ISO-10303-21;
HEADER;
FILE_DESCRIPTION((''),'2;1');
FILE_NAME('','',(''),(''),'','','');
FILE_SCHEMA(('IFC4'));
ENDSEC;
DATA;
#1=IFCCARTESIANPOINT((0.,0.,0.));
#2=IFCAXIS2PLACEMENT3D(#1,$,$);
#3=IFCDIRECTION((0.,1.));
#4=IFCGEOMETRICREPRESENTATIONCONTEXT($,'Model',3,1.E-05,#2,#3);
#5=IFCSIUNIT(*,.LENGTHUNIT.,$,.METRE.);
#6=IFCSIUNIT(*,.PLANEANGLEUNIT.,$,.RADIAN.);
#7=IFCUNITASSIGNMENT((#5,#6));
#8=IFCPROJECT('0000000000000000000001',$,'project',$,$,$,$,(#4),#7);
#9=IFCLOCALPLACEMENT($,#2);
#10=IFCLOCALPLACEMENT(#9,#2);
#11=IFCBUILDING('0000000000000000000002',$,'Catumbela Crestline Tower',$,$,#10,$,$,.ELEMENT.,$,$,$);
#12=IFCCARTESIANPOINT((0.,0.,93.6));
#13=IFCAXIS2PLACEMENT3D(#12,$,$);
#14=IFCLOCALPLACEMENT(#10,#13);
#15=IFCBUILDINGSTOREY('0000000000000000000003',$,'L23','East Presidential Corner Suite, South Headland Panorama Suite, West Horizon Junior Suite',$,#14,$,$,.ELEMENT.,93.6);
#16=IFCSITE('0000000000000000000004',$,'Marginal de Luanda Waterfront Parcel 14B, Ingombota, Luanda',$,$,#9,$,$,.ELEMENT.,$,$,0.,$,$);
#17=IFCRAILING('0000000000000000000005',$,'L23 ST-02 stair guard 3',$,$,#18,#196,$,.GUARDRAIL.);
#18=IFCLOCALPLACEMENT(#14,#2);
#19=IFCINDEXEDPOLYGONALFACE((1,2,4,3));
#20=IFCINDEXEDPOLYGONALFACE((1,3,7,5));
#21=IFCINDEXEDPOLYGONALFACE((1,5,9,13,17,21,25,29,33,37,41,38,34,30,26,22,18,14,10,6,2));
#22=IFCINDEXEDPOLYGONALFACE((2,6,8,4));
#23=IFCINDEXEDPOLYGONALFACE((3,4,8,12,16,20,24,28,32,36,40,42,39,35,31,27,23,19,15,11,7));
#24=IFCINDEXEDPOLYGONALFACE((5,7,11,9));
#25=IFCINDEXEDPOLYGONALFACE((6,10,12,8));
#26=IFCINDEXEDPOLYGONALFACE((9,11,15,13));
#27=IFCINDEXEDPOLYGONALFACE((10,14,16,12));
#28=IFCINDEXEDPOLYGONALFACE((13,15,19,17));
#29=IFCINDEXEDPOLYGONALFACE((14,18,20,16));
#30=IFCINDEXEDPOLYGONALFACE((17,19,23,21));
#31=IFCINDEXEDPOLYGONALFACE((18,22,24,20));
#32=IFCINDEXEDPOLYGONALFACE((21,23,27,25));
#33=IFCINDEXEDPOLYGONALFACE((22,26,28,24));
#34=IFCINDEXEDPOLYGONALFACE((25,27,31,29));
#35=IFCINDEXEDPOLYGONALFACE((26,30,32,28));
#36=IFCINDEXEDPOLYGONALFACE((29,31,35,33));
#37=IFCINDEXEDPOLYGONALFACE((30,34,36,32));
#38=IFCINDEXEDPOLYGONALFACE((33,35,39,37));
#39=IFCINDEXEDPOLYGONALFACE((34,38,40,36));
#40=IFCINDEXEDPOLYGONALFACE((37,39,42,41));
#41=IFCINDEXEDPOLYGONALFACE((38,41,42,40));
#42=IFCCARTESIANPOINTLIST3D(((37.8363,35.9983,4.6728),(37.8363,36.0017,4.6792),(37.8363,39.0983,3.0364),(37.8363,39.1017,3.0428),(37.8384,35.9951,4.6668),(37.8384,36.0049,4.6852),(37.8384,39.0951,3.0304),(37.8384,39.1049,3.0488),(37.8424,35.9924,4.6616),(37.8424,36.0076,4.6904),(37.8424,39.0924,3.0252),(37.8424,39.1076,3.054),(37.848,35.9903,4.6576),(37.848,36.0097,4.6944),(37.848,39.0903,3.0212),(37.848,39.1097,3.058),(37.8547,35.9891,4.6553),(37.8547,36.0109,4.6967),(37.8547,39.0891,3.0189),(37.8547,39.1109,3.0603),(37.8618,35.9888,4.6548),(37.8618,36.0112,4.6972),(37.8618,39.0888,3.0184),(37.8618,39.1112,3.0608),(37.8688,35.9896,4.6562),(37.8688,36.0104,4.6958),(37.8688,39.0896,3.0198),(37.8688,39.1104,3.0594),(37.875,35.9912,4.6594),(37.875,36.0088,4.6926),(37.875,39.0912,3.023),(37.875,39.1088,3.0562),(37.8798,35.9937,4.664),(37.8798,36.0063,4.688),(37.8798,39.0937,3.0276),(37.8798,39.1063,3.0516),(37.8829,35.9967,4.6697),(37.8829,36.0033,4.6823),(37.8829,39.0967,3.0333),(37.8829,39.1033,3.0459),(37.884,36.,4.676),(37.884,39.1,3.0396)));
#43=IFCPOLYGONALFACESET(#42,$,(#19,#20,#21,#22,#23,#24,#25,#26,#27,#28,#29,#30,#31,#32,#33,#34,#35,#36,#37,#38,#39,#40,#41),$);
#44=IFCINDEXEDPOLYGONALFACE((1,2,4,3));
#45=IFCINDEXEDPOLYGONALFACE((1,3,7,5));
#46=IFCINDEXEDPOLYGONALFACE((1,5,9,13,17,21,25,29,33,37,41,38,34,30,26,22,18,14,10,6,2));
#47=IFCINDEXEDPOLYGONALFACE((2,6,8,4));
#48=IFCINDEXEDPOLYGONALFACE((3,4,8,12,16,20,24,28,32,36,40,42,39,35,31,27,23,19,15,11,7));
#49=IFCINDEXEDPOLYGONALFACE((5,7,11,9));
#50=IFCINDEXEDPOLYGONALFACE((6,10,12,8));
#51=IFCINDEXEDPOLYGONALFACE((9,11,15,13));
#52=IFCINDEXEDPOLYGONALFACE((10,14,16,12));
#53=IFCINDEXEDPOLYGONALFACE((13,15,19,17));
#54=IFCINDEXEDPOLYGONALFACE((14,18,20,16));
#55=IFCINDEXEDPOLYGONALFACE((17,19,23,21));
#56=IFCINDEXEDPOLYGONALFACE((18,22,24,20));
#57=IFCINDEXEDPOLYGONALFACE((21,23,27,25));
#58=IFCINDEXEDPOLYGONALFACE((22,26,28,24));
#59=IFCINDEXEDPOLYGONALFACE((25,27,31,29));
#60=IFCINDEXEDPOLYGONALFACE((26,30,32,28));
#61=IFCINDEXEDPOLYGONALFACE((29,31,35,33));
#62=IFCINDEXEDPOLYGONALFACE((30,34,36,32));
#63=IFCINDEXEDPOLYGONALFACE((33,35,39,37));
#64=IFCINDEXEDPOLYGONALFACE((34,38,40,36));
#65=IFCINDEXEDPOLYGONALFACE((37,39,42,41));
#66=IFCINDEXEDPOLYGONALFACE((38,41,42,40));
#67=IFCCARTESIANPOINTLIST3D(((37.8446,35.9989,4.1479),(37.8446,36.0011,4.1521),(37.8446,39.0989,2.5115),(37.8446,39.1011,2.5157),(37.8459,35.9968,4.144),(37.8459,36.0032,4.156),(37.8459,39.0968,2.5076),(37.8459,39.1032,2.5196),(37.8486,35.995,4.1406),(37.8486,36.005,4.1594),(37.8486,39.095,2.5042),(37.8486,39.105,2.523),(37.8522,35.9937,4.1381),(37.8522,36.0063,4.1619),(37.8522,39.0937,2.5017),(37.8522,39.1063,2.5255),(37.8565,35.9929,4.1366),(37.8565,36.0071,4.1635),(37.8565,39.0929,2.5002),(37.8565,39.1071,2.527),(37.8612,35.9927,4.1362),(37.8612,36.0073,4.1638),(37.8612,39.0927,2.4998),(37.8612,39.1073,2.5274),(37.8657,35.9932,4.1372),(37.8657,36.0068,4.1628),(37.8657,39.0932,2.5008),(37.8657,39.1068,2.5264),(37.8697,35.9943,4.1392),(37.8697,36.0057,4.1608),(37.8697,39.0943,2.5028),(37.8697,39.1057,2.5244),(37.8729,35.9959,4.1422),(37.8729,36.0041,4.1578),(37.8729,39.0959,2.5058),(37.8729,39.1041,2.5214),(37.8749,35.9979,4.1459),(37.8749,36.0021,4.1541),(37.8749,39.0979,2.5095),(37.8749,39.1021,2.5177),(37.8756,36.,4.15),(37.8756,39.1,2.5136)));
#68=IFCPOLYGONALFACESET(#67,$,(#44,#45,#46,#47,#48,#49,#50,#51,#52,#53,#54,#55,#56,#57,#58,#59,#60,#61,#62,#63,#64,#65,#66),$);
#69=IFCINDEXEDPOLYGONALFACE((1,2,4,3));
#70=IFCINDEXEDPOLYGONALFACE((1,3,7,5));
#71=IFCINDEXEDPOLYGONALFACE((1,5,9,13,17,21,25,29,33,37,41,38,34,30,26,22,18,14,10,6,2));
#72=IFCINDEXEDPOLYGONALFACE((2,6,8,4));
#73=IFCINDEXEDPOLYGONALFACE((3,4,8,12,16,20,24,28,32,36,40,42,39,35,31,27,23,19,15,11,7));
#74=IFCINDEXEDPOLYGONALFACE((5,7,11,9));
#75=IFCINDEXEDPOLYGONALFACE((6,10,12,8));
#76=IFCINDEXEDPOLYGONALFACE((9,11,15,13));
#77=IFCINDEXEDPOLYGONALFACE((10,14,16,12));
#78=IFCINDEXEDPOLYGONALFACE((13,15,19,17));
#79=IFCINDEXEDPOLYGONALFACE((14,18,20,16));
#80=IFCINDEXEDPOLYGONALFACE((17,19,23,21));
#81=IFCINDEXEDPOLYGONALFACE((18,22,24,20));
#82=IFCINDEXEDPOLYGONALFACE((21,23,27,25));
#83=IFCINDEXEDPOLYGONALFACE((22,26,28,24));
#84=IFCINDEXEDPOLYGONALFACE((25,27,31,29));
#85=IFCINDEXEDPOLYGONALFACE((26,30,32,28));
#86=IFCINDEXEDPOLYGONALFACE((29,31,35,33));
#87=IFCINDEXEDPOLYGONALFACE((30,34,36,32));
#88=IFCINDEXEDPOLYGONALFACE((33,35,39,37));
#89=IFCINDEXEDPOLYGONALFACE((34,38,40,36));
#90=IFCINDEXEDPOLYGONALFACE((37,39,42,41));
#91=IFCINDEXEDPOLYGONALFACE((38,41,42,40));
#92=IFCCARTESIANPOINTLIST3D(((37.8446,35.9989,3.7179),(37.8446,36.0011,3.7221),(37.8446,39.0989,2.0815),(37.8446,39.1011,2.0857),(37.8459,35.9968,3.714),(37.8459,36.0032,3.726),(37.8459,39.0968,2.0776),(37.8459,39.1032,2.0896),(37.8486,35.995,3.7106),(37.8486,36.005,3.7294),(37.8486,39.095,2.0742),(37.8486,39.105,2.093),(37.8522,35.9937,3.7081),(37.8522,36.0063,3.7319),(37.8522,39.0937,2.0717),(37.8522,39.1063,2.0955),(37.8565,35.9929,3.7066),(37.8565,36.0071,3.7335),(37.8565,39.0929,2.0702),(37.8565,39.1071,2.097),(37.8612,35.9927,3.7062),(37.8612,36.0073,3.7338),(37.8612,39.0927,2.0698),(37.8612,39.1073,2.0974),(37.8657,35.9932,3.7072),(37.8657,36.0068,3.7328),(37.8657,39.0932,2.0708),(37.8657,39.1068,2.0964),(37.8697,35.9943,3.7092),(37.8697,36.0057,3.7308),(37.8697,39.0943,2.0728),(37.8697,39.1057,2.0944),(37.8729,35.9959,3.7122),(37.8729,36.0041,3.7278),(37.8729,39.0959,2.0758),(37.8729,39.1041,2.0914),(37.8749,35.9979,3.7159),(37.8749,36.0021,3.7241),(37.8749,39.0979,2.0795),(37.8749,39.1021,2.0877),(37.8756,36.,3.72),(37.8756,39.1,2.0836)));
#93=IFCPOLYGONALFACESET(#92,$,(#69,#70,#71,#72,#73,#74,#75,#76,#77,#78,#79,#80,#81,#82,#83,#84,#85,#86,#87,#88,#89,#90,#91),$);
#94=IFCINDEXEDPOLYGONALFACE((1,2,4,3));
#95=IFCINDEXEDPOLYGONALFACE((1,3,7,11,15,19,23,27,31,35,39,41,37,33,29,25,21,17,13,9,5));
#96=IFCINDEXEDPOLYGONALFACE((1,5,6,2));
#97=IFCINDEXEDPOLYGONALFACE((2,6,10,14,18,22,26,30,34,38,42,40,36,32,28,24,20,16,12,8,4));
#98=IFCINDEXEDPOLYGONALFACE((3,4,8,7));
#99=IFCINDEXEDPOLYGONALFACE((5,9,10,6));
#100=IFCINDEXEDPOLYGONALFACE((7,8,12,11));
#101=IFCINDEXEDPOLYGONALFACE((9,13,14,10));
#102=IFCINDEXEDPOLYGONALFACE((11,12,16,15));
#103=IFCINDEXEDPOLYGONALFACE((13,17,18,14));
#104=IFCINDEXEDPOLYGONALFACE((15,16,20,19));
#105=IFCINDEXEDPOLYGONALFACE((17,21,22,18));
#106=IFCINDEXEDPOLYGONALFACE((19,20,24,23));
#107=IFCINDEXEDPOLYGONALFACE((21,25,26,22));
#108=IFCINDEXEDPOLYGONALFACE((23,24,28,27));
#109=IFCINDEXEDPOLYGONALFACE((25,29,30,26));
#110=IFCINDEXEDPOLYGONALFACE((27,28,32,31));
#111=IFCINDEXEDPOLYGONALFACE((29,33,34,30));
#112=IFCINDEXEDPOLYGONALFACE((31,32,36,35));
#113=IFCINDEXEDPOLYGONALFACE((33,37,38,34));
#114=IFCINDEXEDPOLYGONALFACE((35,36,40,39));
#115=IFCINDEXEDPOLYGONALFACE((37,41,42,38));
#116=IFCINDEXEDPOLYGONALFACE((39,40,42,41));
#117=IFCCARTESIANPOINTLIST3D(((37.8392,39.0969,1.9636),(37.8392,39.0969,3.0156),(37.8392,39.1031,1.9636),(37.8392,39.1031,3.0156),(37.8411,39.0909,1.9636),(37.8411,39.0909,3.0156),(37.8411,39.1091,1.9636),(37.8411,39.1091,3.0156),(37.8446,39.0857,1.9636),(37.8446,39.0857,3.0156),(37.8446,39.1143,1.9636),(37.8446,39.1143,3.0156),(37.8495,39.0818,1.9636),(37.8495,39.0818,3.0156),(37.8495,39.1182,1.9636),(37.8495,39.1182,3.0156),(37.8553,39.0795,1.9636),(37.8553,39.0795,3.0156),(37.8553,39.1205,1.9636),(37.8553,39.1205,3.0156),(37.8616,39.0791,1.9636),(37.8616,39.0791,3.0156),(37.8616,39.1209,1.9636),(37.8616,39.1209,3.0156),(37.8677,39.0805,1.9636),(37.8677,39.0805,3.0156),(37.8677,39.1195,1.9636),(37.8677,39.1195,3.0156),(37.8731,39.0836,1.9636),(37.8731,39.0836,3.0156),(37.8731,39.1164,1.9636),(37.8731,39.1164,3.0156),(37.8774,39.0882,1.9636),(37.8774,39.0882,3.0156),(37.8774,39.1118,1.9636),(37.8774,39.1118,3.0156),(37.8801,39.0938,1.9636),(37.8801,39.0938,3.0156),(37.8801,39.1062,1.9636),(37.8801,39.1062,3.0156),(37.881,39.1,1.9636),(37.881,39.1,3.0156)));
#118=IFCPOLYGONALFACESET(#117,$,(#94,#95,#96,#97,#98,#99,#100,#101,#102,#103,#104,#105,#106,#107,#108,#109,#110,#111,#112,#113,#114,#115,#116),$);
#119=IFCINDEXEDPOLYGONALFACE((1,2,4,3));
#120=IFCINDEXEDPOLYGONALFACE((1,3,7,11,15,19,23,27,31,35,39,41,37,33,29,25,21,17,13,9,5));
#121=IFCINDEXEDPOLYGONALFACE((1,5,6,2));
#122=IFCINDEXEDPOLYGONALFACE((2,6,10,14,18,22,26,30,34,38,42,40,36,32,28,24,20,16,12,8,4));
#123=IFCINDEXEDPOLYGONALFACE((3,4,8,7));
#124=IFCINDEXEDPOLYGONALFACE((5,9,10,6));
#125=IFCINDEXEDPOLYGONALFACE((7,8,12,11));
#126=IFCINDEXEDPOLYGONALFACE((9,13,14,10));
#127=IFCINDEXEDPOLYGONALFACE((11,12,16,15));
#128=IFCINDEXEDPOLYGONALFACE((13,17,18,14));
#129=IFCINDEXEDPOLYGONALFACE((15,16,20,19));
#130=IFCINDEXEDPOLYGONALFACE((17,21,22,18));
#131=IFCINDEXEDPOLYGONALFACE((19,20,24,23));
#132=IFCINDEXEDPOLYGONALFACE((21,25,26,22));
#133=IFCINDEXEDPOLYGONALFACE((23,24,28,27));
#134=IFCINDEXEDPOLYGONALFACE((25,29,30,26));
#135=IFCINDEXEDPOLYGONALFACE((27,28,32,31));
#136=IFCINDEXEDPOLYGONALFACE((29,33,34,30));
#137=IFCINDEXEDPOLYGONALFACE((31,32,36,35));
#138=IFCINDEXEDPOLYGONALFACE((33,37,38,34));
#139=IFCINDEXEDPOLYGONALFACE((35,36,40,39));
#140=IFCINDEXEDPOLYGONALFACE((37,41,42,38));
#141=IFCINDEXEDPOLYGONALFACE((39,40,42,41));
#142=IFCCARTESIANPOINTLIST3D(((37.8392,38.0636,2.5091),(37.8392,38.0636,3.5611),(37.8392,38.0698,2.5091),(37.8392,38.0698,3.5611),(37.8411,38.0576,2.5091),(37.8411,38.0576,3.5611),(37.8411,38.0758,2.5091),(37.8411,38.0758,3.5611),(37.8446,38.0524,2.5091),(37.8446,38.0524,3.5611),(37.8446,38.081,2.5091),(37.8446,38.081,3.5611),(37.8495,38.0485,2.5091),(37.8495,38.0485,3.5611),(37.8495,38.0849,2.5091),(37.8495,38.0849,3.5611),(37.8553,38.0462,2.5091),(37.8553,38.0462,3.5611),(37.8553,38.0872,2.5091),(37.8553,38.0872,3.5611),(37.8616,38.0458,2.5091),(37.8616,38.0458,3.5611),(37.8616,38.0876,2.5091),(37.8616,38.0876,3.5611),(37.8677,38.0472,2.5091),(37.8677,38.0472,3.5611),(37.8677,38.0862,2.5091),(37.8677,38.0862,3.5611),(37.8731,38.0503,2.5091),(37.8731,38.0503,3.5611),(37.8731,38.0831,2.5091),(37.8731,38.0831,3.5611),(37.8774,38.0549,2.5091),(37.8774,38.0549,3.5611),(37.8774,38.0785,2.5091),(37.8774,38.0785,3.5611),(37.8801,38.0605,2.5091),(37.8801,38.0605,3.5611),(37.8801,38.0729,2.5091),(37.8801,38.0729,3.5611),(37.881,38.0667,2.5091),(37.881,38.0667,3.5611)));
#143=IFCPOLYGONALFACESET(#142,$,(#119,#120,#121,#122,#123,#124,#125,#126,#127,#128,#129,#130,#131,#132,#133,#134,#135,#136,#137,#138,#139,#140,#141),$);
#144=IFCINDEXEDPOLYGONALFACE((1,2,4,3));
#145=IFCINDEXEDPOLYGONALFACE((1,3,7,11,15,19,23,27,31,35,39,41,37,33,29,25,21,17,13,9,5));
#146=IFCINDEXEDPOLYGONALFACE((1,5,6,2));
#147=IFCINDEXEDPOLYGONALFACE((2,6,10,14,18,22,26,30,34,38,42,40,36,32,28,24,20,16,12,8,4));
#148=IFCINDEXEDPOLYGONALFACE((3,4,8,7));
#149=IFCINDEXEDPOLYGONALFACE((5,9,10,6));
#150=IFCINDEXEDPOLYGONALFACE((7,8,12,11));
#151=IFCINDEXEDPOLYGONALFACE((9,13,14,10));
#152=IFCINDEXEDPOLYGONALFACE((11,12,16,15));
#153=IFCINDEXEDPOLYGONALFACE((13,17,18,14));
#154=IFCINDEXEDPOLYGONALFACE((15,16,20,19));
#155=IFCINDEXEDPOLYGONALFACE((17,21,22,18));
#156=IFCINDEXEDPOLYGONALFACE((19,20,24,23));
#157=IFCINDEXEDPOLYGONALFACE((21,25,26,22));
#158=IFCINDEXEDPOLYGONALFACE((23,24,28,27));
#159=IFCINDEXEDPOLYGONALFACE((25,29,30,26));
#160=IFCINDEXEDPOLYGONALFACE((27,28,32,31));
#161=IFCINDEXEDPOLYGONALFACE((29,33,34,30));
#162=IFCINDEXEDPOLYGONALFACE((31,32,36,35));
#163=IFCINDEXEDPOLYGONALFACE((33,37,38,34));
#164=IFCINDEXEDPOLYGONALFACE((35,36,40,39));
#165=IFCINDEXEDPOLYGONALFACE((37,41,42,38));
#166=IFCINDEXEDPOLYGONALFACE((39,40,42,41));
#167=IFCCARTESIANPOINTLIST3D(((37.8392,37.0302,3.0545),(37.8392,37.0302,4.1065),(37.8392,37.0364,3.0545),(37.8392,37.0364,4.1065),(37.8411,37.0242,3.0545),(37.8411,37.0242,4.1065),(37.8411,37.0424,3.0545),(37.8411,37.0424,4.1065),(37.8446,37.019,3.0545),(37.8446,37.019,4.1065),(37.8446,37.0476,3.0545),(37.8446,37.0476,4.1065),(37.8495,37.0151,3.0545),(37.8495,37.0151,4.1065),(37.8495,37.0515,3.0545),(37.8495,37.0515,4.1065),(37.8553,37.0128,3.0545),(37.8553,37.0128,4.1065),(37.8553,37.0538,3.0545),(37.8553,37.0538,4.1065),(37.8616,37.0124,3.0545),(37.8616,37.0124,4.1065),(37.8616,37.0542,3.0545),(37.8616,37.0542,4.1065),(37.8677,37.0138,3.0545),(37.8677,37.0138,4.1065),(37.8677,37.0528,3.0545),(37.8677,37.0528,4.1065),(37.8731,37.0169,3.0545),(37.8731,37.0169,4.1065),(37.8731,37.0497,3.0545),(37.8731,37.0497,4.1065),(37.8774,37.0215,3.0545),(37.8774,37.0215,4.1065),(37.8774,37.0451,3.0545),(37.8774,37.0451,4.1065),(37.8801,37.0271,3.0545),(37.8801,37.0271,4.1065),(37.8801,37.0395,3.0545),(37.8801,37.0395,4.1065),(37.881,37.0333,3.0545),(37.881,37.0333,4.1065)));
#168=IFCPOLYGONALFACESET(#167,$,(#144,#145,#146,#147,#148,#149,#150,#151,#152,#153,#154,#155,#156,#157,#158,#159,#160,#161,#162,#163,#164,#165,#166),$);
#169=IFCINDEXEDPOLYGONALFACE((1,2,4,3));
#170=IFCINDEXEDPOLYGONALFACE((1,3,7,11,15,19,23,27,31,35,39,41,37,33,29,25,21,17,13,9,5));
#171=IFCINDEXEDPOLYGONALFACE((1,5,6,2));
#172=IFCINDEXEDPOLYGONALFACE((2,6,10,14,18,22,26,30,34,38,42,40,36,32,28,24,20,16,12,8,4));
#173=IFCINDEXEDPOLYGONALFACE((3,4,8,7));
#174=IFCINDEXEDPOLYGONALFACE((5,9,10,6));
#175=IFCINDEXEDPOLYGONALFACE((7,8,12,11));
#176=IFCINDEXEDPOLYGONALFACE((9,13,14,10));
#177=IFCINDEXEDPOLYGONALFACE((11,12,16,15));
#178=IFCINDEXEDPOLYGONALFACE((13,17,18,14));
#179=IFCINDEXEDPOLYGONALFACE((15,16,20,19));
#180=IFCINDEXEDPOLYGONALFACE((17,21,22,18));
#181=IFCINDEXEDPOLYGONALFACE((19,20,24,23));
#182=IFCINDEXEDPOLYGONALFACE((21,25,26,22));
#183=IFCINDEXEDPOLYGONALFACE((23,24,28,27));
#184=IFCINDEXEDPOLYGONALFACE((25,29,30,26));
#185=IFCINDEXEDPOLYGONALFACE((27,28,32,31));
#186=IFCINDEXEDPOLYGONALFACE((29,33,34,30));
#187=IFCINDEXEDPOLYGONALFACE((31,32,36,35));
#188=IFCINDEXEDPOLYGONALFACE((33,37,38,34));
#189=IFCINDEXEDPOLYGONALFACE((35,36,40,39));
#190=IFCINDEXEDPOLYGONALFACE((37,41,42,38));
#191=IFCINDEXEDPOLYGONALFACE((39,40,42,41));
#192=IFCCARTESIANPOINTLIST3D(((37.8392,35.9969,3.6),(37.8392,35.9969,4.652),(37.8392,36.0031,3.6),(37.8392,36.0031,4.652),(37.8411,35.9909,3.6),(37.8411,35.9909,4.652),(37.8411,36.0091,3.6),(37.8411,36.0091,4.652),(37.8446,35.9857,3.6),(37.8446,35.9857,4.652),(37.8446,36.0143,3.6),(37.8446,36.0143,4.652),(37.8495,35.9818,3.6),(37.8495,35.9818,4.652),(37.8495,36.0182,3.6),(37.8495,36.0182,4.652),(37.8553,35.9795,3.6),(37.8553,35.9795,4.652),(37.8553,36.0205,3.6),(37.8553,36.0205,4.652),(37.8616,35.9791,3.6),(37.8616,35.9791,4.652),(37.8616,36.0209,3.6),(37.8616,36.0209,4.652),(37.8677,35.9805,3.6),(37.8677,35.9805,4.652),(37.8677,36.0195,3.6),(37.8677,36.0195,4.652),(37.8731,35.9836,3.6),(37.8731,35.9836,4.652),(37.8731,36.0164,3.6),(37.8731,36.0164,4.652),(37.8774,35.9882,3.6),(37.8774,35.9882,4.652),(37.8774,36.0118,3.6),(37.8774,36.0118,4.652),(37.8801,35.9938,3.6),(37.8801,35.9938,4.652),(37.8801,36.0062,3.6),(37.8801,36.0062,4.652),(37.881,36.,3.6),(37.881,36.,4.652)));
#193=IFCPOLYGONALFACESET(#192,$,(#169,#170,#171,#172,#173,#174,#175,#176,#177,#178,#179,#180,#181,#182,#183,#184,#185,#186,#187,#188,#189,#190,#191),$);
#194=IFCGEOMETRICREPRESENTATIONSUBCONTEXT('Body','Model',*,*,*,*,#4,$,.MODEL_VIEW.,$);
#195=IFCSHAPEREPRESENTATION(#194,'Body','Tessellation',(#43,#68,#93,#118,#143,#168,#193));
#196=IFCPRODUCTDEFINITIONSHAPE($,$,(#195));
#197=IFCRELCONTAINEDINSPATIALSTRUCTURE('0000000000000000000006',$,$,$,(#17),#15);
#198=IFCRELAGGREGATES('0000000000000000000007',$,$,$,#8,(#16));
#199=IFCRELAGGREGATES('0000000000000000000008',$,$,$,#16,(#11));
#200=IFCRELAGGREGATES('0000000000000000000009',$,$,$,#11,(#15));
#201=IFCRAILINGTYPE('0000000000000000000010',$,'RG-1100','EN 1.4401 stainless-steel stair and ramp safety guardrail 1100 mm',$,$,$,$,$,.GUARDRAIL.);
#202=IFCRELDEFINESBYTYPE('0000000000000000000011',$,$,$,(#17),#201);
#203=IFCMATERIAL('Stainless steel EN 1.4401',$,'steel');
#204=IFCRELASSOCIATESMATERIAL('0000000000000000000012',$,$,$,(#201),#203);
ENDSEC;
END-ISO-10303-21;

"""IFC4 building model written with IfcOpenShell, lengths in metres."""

from ifc_helpers import new_model, si_unit, direction, frame, origin, origin_2d, place, context, subcontext, project, spatial, circle, extrude, material, type_object, element, save


model = new_model("IFC4")

# Units and contexts
model_context = context("Model", 3, precision=1e-05, world=origin(), true_north=direction((0.0, 1.0)))
body_context = subcontext(model_context, "Body", "Model", "MODEL_VIEW")
ifc_project = project(units=[si_unit("LENGTHUNIT", "METRE"), si_unit("PLANEANGLEUNIT", "RADIAN")], contexts=[model_context])

# Site, building, storey
site_placement = place(None, origin())
site = spatial("IfcSite", under=ifc_project, at=site_placement, Name="Marginal de Luanda Waterfront Parcel 14B, Ingombota, Luanda", CompositionType="ELEMENT", RefElevation=0.0)
building_placement = place(site_placement, origin())
building = spatial("IfcBuilding", under=site, at=building_placement, Name="Catumbela Crestline Tower", CompositionType="ELEMENT")
storey_placement = place(building_placement, frame((0.0, 0.0, 93.6)))
storey = spatial("IfcBuildingStorey", under=building, at=storey_placement, Name="L23", Description="East Presidential Corner Suite, South Headland Panorama Suite, West Horizon Junior Suite", CompositionType="ELEMENT", Elevation=93.6)

# Shared definitions
ifc_material_1 = material(Name="Stainless steel EN 1.4401", Category="steel")

# Railing
railing_type_1 = type_object("IfcRailingType", Name="RG-1100", Description="EN 1.4401 stainless-steel stair and ramp safety guardrail 1100 mm", PredefinedType="GUARDRAIL", material=ifc_material_1)
railing_1_placement = place(storey_placement, frame((37.86, 39.1, 1.9636)))
element("IfcRailing", 1, at=railing_1_placement, inside=storey, type_object=railing_type_1, Name="L23 ST-02 stair guard 3", PredefinedType="GUARDRAIL", context=body_context, shape_type="SweptSolid", body=[
    extrude(circle(Radius=0.024, at=origin_2d()), frame((0.0, 0.0, 1.076), z_axis=(0.0, -0.884351, 0.466823), x_axis=(1.0, 0.0, 0.0)), (0.0, 0.0, 1.0), 3.5054),
    extrude(circle(Radius=0.0156, at=origin_2d()), frame((0.0, 0.0, 0.55), z_axis=(0.0, -0.884351, 0.466823), x_axis=(1.0, 0.0, 0.0)), (0.0, 0.0, 1.0), 3.5054),
    extrude(circle(Radius=0.0156, at=origin_2d()), frame((0.0, 0.0, 0.12), z_axis=(0.0, -0.884351, 0.466823), x_axis=(1.0, 0.0, 0.0)), (0.0, 0.0, 1.0), 3.5054),
    extrude(circle(Radius=0.021, at=origin_2d()), origin(), (0.0, 0.0, 1.0), 1.052),
    extrude(circle(Radius=0.021, at=origin_2d()), frame((0.0, -1.0333, 0.5455)), (0.0, 0.0, 1.0), 1.052),
    extrude(circle(Radius=0.021, at=origin_2d()), frame((0.0, -2.0667, 1.0909)), (0.0, 0.0, 1.0), 1.052),
    extrude(circle(Radius=0.021, at=origin_2d()), frame((0.0, -3.1, 1.6364)), (0.0, 0.0, 1.0), 1.052),
])

save(model, "model.ifc")
